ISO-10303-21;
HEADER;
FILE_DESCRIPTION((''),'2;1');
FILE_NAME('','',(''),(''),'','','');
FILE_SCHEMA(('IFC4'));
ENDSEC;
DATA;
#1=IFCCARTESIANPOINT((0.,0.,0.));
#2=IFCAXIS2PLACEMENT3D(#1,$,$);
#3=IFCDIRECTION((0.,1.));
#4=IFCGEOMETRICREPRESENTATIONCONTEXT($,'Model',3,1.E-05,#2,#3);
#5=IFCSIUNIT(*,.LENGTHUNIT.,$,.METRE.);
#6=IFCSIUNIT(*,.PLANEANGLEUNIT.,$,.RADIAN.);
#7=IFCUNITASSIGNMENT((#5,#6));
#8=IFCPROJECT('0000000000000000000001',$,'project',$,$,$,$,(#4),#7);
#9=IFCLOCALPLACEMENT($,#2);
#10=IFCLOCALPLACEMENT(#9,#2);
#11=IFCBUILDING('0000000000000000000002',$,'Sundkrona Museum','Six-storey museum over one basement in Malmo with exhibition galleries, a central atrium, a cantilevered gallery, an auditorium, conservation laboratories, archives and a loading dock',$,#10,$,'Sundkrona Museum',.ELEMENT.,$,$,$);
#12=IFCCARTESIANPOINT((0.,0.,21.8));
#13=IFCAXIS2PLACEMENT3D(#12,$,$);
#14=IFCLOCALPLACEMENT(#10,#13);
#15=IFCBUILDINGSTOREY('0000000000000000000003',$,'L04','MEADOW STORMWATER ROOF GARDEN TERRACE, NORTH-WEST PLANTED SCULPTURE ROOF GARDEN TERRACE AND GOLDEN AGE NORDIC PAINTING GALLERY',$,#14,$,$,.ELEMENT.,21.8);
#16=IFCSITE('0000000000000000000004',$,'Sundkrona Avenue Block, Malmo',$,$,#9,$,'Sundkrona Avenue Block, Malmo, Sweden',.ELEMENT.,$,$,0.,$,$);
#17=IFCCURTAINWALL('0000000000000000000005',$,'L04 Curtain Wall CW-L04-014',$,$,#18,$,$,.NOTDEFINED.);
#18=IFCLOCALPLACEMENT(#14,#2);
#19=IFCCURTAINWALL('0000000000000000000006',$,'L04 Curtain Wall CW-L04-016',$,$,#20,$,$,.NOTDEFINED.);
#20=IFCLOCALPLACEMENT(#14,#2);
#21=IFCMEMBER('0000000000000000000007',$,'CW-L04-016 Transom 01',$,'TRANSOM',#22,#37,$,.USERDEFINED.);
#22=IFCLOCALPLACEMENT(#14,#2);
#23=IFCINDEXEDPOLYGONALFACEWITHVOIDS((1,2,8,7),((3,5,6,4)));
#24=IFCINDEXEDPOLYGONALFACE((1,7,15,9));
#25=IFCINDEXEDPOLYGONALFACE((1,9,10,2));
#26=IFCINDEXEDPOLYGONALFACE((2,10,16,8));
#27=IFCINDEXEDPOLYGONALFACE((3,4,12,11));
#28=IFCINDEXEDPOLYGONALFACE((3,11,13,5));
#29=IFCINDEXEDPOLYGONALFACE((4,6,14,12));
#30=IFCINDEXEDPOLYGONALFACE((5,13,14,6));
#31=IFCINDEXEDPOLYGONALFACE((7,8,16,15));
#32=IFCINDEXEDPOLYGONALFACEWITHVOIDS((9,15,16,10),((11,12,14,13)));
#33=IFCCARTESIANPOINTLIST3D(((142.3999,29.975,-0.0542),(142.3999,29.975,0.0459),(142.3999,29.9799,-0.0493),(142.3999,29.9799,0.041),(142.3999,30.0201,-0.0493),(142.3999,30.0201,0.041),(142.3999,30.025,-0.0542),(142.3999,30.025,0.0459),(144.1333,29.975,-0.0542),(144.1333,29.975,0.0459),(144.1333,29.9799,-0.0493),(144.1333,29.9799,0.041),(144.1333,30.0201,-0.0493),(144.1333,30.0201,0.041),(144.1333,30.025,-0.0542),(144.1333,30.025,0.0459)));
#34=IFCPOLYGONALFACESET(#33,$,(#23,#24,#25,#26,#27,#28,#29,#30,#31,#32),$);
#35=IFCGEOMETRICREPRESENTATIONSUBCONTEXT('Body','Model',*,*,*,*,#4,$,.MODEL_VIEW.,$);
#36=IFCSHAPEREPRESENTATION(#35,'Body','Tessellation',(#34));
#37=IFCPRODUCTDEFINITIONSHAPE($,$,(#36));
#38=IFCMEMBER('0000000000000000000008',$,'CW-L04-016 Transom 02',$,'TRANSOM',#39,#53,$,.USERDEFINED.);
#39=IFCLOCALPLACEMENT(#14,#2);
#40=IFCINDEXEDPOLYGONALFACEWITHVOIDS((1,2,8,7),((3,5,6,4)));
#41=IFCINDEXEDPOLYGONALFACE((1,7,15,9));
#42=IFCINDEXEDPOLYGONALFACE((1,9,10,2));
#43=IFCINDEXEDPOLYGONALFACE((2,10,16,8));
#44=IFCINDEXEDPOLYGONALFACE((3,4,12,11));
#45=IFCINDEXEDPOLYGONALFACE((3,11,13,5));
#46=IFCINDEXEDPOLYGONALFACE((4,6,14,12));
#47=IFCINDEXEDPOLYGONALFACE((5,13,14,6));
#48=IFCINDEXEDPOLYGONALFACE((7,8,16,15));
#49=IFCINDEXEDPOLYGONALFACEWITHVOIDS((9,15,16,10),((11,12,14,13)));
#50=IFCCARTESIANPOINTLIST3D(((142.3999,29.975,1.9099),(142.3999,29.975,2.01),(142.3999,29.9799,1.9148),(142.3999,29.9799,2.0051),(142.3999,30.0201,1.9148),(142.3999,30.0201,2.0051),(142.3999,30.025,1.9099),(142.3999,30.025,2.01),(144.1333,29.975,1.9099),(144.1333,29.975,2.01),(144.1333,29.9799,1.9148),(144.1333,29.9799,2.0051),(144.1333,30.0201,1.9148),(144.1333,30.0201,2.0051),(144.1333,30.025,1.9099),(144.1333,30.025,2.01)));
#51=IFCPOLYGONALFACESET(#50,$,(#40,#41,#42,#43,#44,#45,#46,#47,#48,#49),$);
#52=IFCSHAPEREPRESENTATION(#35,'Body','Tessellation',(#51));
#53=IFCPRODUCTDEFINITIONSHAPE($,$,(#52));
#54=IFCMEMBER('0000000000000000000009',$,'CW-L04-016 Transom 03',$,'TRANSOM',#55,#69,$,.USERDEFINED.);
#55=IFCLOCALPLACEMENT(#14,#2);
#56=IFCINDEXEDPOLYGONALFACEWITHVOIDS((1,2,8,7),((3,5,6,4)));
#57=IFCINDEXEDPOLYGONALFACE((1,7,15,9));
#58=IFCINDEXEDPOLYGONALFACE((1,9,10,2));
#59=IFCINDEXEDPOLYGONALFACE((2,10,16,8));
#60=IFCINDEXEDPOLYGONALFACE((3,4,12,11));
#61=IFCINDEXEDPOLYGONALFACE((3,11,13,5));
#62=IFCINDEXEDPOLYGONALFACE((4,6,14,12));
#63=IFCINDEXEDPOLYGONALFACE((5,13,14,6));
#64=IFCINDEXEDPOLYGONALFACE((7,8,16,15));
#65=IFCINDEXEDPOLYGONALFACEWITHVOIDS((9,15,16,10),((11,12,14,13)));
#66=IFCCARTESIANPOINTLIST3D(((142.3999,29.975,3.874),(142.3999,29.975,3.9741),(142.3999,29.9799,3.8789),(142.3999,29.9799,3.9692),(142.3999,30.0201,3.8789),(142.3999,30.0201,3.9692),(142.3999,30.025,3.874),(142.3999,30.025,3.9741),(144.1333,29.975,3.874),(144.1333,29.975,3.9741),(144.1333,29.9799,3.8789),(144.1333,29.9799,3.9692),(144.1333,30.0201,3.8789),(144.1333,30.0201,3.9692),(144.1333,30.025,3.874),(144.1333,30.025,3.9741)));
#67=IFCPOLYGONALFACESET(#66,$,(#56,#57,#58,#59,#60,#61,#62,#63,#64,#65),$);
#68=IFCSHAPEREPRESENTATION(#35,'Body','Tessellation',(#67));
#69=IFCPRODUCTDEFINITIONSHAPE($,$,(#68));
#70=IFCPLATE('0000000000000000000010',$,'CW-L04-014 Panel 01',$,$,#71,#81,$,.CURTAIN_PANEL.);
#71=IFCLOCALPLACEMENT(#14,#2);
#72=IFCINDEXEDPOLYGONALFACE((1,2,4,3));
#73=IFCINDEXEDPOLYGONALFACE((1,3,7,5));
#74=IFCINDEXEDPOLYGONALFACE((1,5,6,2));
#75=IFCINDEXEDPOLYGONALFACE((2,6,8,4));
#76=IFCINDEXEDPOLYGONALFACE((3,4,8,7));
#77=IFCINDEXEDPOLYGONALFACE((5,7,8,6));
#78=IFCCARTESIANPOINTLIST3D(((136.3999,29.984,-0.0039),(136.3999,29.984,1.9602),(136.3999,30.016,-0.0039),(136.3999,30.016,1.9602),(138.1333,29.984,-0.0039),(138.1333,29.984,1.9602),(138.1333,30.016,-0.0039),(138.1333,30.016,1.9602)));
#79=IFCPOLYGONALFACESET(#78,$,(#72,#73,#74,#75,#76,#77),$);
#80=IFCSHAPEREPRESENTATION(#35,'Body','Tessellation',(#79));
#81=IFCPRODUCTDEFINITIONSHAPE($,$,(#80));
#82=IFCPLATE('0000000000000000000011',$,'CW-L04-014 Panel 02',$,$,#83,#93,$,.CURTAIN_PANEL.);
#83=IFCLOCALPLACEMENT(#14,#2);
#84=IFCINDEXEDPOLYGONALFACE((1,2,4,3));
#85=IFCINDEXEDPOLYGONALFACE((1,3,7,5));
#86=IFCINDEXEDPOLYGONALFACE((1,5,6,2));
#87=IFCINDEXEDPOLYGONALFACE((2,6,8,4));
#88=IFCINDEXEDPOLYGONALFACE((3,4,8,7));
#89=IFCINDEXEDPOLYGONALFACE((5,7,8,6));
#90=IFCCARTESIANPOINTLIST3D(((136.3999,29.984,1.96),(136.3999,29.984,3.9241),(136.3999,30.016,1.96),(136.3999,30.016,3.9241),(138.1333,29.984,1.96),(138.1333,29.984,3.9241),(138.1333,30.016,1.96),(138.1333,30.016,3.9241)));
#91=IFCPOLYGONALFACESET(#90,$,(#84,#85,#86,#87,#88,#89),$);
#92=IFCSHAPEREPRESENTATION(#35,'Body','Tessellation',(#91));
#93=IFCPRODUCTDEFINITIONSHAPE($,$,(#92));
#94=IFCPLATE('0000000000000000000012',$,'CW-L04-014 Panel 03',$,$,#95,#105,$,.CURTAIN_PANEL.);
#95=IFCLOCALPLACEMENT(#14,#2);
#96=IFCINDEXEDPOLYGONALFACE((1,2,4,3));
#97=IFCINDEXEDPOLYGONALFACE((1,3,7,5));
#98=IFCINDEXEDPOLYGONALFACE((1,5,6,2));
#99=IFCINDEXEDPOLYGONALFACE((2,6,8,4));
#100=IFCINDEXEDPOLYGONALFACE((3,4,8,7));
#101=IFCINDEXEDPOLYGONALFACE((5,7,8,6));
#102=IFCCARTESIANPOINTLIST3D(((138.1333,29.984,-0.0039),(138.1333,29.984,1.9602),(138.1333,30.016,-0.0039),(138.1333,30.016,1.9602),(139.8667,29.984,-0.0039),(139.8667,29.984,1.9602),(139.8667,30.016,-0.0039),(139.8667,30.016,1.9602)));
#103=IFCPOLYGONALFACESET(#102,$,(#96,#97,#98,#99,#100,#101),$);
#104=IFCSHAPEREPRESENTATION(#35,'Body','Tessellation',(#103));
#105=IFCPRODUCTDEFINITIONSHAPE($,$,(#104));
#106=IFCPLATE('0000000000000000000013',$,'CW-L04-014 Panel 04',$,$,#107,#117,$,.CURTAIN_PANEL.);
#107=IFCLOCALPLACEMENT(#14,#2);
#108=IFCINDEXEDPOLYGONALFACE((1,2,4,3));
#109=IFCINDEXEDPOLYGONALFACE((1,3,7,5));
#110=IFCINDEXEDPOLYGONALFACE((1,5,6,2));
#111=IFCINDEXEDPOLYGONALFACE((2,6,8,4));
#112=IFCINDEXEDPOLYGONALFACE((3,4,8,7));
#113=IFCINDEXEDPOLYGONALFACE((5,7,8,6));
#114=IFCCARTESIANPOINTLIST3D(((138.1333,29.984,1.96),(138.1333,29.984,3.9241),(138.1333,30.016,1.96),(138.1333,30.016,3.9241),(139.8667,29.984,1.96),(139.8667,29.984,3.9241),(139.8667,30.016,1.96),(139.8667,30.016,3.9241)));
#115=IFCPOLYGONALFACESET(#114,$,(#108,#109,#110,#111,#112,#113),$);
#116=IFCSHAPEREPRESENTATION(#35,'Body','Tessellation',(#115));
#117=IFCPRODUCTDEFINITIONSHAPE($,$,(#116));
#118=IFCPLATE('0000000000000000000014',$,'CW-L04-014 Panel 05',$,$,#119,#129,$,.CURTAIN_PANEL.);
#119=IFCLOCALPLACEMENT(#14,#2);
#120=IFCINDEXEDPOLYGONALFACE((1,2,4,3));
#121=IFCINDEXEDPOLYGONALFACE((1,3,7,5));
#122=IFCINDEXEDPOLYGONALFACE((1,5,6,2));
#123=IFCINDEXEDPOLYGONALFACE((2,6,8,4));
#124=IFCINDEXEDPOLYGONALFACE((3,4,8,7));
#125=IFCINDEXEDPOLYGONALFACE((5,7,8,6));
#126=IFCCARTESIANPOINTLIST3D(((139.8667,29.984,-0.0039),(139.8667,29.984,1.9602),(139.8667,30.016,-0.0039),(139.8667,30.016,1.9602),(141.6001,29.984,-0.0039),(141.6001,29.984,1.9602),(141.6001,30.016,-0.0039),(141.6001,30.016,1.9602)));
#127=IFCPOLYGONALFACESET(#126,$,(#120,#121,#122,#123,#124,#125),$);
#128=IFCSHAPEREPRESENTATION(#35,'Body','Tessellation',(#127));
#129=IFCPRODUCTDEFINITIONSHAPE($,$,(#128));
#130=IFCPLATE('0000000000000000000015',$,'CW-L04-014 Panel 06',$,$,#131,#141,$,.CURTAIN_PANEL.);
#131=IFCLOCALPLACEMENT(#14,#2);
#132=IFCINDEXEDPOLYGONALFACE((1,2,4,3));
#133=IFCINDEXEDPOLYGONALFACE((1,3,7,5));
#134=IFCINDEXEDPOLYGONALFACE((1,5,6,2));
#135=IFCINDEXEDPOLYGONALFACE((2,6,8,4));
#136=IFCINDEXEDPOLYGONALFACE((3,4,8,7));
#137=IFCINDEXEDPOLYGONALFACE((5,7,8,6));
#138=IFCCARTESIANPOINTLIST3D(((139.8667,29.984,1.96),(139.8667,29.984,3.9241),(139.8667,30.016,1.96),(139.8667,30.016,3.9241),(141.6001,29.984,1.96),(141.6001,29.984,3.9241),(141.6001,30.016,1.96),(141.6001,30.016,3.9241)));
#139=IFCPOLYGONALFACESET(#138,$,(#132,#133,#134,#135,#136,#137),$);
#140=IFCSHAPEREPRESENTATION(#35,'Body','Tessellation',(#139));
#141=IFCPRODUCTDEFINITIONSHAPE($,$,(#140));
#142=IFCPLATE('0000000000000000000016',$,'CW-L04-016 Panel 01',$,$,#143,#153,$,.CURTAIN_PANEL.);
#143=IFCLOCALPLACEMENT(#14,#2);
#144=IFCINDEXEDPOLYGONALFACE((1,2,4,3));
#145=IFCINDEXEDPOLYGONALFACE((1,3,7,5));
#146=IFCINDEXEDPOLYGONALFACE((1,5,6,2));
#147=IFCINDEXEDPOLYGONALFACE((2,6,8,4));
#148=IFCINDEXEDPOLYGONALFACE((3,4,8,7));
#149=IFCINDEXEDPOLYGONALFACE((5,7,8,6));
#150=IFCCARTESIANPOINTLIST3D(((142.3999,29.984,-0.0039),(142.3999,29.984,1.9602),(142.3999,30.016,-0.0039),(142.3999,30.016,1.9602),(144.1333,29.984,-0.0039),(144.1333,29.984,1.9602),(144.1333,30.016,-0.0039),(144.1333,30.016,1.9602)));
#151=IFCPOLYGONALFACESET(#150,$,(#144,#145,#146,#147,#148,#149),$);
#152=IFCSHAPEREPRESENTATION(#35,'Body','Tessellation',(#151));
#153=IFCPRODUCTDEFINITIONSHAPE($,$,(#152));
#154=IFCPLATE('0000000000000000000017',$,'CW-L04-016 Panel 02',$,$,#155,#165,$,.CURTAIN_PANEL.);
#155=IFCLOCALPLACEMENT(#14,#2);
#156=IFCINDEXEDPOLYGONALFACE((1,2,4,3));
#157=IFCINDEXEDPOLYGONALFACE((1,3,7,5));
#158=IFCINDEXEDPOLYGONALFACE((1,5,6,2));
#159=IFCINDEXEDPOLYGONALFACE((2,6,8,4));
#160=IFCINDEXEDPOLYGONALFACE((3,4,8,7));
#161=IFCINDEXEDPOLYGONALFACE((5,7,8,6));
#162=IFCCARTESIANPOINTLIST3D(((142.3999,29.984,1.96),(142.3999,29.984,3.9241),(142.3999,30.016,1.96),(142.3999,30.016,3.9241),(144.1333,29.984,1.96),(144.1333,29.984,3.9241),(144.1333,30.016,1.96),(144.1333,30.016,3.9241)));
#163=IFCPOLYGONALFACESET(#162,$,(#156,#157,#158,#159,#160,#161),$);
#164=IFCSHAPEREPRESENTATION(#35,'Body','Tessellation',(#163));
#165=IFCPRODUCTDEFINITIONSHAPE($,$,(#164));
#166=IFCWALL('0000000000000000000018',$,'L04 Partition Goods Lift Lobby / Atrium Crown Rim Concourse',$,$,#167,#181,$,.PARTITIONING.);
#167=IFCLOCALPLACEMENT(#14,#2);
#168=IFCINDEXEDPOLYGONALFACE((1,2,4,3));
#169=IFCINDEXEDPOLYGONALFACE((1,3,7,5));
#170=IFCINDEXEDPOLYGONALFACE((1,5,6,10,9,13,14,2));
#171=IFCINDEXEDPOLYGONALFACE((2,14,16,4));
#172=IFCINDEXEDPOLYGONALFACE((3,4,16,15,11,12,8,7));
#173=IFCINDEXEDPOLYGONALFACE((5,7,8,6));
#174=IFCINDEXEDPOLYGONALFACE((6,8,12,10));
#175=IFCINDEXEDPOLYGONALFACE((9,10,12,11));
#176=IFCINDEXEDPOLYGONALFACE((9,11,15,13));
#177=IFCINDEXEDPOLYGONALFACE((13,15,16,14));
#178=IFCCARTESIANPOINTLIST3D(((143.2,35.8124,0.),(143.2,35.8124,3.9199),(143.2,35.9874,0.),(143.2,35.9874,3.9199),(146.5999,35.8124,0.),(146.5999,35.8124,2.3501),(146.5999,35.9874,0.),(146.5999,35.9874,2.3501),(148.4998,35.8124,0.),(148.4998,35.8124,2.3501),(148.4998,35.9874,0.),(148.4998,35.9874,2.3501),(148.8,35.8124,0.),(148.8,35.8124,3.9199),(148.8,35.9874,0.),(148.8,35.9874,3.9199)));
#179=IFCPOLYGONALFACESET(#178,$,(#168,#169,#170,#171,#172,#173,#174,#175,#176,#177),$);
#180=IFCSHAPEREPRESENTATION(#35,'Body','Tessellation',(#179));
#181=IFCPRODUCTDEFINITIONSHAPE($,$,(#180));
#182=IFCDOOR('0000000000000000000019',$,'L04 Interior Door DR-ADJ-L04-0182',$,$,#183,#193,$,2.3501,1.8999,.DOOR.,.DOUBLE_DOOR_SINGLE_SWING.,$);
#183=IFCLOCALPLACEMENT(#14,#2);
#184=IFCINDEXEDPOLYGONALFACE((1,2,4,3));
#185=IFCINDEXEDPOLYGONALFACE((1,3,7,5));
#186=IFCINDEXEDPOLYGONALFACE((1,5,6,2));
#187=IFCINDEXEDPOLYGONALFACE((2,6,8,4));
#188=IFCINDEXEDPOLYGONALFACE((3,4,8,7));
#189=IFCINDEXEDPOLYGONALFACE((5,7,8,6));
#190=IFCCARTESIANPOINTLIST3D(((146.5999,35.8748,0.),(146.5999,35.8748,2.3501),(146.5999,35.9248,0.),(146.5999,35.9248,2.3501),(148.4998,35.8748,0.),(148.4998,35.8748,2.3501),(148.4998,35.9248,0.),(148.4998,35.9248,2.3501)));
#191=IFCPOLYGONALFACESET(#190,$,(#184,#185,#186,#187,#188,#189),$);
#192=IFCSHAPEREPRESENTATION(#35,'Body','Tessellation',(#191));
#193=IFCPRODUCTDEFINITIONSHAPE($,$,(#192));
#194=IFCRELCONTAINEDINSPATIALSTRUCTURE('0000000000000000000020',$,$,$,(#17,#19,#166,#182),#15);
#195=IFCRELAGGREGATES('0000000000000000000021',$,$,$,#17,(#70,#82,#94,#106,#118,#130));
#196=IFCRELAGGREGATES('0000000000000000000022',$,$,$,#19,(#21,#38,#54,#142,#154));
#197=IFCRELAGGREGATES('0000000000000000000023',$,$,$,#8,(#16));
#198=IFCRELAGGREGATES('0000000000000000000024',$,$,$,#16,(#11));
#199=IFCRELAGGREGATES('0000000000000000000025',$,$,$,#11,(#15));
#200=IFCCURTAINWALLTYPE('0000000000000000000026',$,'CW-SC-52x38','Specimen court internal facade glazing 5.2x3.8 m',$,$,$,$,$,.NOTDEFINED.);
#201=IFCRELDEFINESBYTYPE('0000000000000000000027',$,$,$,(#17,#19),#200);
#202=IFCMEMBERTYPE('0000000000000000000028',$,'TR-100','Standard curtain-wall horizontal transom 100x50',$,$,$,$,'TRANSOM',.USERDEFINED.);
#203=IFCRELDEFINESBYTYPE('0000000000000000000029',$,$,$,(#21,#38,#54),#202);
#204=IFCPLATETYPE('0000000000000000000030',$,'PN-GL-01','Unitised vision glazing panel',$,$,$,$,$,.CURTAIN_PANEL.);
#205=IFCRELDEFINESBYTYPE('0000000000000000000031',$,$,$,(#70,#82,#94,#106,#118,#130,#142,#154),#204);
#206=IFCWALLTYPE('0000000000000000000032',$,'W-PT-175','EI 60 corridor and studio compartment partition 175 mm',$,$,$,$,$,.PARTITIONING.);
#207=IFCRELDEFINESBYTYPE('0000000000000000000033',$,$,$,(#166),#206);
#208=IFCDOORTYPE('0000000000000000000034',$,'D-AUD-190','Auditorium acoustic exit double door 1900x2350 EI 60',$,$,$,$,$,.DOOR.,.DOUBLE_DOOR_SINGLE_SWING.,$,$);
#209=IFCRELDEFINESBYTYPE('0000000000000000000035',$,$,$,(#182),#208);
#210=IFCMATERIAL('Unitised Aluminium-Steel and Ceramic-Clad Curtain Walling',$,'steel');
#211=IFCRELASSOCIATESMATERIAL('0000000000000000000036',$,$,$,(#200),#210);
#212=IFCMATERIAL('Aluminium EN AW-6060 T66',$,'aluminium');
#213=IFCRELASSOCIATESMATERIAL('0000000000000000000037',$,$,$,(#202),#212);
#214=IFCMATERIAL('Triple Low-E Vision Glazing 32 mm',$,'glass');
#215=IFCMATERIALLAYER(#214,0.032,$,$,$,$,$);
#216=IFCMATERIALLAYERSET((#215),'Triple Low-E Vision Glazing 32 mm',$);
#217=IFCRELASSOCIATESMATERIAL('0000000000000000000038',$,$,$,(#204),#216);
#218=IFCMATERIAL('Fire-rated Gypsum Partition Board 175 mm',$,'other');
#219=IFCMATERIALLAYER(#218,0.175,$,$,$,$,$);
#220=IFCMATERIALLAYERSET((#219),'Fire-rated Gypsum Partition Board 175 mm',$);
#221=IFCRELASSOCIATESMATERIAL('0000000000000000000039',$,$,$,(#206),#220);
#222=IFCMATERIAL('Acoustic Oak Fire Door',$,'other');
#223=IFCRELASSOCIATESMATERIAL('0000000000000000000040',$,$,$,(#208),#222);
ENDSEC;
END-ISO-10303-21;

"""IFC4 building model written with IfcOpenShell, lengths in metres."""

from ifc_helpers import new_model, si_unit, direction, frame, frame_2d, origin, origin_2d, place, context, subcontext, project, spatial, rectangle, hollow_rectangle, extrude, material, layer, layer_set, material_profile, profile_set, type_object, element, fill, aggregate, save


model = new_model("IFC4")

# Units and contexts
model_context = context("Model", 3, precision=1e-05, world=origin(), true_north=direction((0.0, 1.0)))
body_context = subcontext(model_context, "Body", "Model", "MODEL_VIEW")
ifc_project = project(units=[si_unit("LENGTHUNIT", "METRE"), si_unit("PLANEANGLEUNIT", "RADIAN")], contexts=[model_context])

# Site, building, storey
site_placement = place(None, origin())
site = spatial("IfcSite", under=ifc_project, at=site_placement, Name="Sundkrona Avenue Block, Malmo", LongName="Sundkrona Avenue Block, Malmo, Sweden", CompositionType="ELEMENT", RefElevation=0.0)
building_placement = place(site_placement, origin())
building = spatial("IfcBuilding", under=site, at=building_placement, Name="Sundkrona Museum", Description="Six-storey museum over one basement in Malmo with exhibition galleries, a central atrium, a cantilevered gallery, an auditorium, conservation laboratories, archives and a loading dock", LongName="Sundkrona Museum", CompositionType="ELEMENT")
storey_placement = place(building_placement, frame((0.0, 0.0, 21.8)))
storey = spatial("IfcBuildingStorey", under=building, at=storey_placement, Name="L04", Description="MEADOW STORMWATER ROOF GARDEN TERRACE, NORTH-WEST PLANTED SCULPTURE ROOF GARDEN TERRACE AND GOLDEN AGE NORDIC PAINTING GALLERY", CompositionType="ELEMENT", Elevation=21.8)

# Curtain wall
ifc_material_1 = material(Name="Unitised Aluminium-Steel and Ceramic-Clad Curtain Walling", Category="steel")
curtain_wall_type = type_object("IfcCurtainWallType", Name="CW-SC-52x38", Description="Specimen court internal facade glazing 5.2x3.8 m", PredefinedType="NOTDEFINED", material=ifc_material_1)
curtain_wall_1_placement = place(storey_placement, origin())
curtain_wall_1 = element("IfcCurtainWall", 1, at=curtain_wall_1_placement, inside=storey, type_object=curtain_wall_type, Name="L04 Curtain Wall CW-L04-014", PredefinedType="NOTDEFINED")
ifc_material_2 = material(Name="Aluminium EN AW-6060 T66", Category="aluminium")

# Curtain wall
curtain_wall_2_placement = place(storey_placement, origin())
curtain_wall_2 = element("IfcCurtainWall", 2, at=curtain_wall_2_placement, inside=storey, type_object=curtain_wall_type, Name="L04 Curtain Wall CW-L04-016", PredefinedType="NOTDEFINED")

# Members
ifc_material_profile_1 = material_profile(ifc_material_2, hollow_rectangle(XDim=0.05, YDim=0.1001, WallThickness=0.0049, at=origin_2d()), Name="RHS 100x50x5.0")
ifc_profile_set_1 = profile_set([ifc_material_profile_1], Name="Aluminium EN AW-6060 T66")
member_type_1 = type_object("IfcMemberType", Name="TR-100", Description="Standard curtain-wall horizontal transom 100x50", ElementType="TRANSOM", PredefinedType="USERDEFINED", material=ifc_profile_set_1)
member_1_placement = place(storey_placement, frame((142.3999, 30.0, -0.0042), z_axis=(1.0, 0.0, 0.0), x_axis=(0.0, 1.0, 0.0)))
member_1 = element("IfcMember", 3, at=member_1_placement, type_object=member_type_1, Name="CW-L04-016 Transom 01", ObjectType="TRANSOM", PredefinedType="USERDEFINED", context=body_context, shape_type="SweptSolid", body=[
    extrude(hollow_rectangle(XDim=0.05, YDim=0.1001, WallThickness=0.0049, at=origin_2d()), origin(), (0.0, 0.0, 1.0), 1.7334),
])
member_2_placement = place(storey_placement, frame((142.3999, 30.0, 1.96), z_axis=(1.0, 0.0, 0.0), x_axis=(0.0, 1.0, 0.0)))
member_2 = element("IfcMember", 4, at=member_2_placement, type_object=member_type_1, Name="CW-L04-016 Transom 02", ObjectType="TRANSOM", PredefinedType="USERDEFINED", context=body_context, shape_type="SweptSolid", body=[
    extrude(hollow_rectangle(XDim=0.05, YDim=0.1001, WallThickness=0.0049, at=origin_2d()), origin(), (0.0, 0.0, 1.0), 1.7334),
])
member_3_placement = place(storey_placement, frame((142.3999, 30.0, 3.9241), z_axis=(1.0, 0.0, 0.0), x_axis=(0.0, 1.0, 0.0)))
member_3 = element("IfcMember", 5, at=member_3_placement, type_object=member_type_1, Name="CW-L04-016 Transom 03", ObjectType="TRANSOM", PredefinedType="USERDEFINED", context=body_context, shape_type="SweptSolid", body=[
    extrude(hollow_rectangle(XDim=0.05, YDim=0.1001, WallThickness=0.0049, at=origin_2d()), origin(), (0.0, 0.0, 1.0), 1.7334),
])

# Plates
ifc_material_3 = material(Name="Triple Low-E Vision Glazing 32 mm", Category="glass")
ifc_layer_1 = layer(ifc_material_3, 0.032)
ifc_layer_set_1 = layer_set([ifc_layer_1], Name="Triple Low-E Vision Glazing 32 mm")
plate_type = type_object("IfcPlateType", Name="PN-GL-01", Description="Unitised vision glazing panel", PredefinedType="CURTAIN_PANEL", material=ifc_layer_set_1)
plate_1_placement = place(storey_placement, frame((137.2666, 30.0, -0.0039), z_axis=(0.0, 0.0, 1.0), x_axis=(1.0, 0.0, 0.0)))
plate_1 = element("IfcPlate", 6, at=plate_1_placement, type_object=plate_type, Name="CW-L04-014 Panel 01", PredefinedType="CURTAIN_PANEL", context=body_context, shape_type="SweptSolid", body=[
    extrude(rectangle(XDim=1.7334, YDim=0.032, at=origin_2d()), origin(), (0.0, 0.0, 1.0), 1.9641),
])
plate_2_placement = place(storey_placement, frame((137.2666, 30.0, 1.96), z_axis=(0.0, 0.0, 1.0), x_axis=(1.0, 0.0, 0.0)))
plate_2 = element("IfcPlate", 7, at=plate_2_placement, type_object=plate_type, Name="CW-L04-014 Panel 02", PredefinedType="CURTAIN_PANEL", context=body_context, shape_type="SweptSolid", body=[
    extrude(rectangle(XDim=1.7334, YDim=0.032, at=origin_2d()), origin(), (0.0, 0.0, 1.0), 1.9641),
])
plate_3_placement = place(storey_placement, frame((139.0, 30.0, -0.0039), z_axis=(0.0, 0.0, 1.0), x_axis=(1.0, 0.0, 0.0)))
plate_3 = element("IfcPlate", 8, at=plate_3_placement, type_object=plate_type, Name="CW-L04-014 Panel 03", PredefinedType="CURTAIN_PANEL", context=body_context, shape_type="SweptSolid", body=[
    extrude(rectangle(XDim=1.7334, YDim=0.032, at=origin_2d()), origin(), (0.0, 0.0, 1.0), 1.9641),
])
plate_4_placement = place(storey_placement, frame((139.0, 30.0, 1.96), z_axis=(0.0, 0.0, 1.0), x_axis=(1.0, 0.0, 0.0)))
plate_4 = element("IfcPlate", 9, at=plate_4_placement, type_object=plate_type, Name="CW-L04-014 Panel 04", PredefinedType="CURTAIN_PANEL", context=body_context, shape_type="SweptSolid", body=[
    extrude(rectangle(XDim=1.7334, YDim=0.032, at=origin_2d()), origin(), (0.0, 0.0, 1.0), 1.9641),
])
plate_5_placement = place(storey_placement, frame((140.7334, 30.0, -0.0039), z_axis=(0.0, 0.0, 1.0), x_axis=(1.0, 0.0, 0.0)))
plate_5 = element("IfcPlate", 10, at=plate_5_placement, type_object=plate_type, Name="CW-L04-014 Panel 05", PredefinedType="CURTAIN_PANEL", context=body_context, shape_type="SweptSolid", body=[
    extrude(rectangle(XDim=1.7334, YDim=0.032, at=origin_2d()), origin(), (0.0, 0.0, 1.0), 1.9641),
])
plate_6_placement = place(storey_placement, frame((140.7334, 30.0, 1.96), z_axis=(0.0, 0.0, 1.0), x_axis=(1.0, 0.0, 0.0)))
plate_6 = element("IfcPlate", 11, at=plate_6_placement, type_object=plate_type, Name="CW-L04-014 Panel 06", PredefinedType="CURTAIN_PANEL", context=body_context, shape_type="SweptSolid", body=[
    extrude(rectangle(XDim=1.7334, YDim=0.032, at=origin_2d()), origin(), (0.0, 0.0, 1.0), 1.9641),
])
aggregate(curtain_wall_1, [plate_1, plate_2, plate_3, plate_4, plate_5, plate_6])
plate_7_placement = place(storey_placement, frame((143.2666, 30.0, -0.0039), z_axis=(0.0, 0.0, 1.0), x_axis=(1.0, 0.0, 0.0)))
plate_7 = element("IfcPlate", 12, at=plate_7_placement, type_object=plate_type, Name="CW-L04-016 Panel 01", PredefinedType="CURTAIN_PANEL", context=body_context, shape_type="SweptSolid", body=[
    extrude(rectangle(XDim=1.7334, YDim=0.032, at=origin_2d()), origin(), (0.0, 0.0, 1.0), 1.9641),
])
plate_8_placement = place(storey_placement, frame((143.2666, 30.0, 1.96), z_axis=(0.0, 0.0, 1.0), x_axis=(1.0, 0.0, 0.0)))
plate_8 = element("IfcPlate", 13, at=plate_8_placement, type_object=plate_type, Name="CW-L04-016 Panel 02", PredefinedType="CURTAIN_PANEL", context=body_context, shape_type="SweptSolid", body=[
    extrude(rectangle(XDim=1.7334, YDim=0.032, at=origin_2d()), origin(), (0.0, 0.0, 1.0), 1.9641),
])
aggregate(curtain_wall_2, [member_1, member_2, member_3, plate_7, plate_8])

# Wall, opening, door
ifc_material_4 = material(Name="Fire-rated Gypsum Partition Board 175 mm", Category="other")
ifc_layer_2 = layer(ifc_material_4, 0.175)
ifc_layer_set_2 = layer_set([ifc_layer_2], Name="Fire-rated Gypsum Partition Board 175 mm")
wall_type = type_object("IfcWallType", Name="W-PT-175", Description="EI 60 corridor and studio compartment partition 175 mm", PredefinedType="PARTITIONING", material=ifc_layer_set_2)
wall_1_placement = place(storey_placement, frame((143.2, 35.8999, 0.0), z_axis=(0.0, 0.0, 1.0), x_axis=(1.0, 0.0, 0.0)))
wall_1 = element("IfcWall", 14, at=wall_1_placement, inside=storey, type_object=wall_type, Name="L04 Partition Goods Lift Lobby / Atrium Crown Rim Concourse", PredefinedType="PARTITIONING", context=body_context, shape_type="SweptSolid", body=[
    extrude(rectangle(XDim=5.6001, YDim=0.175, at=frame_2d((2.8, 0.0))), origin(), (0.0, 0.0, 1.0), 3.9199),
])
opening_placement = place(wall_1_placement, frame((3.3999, 0.0, 0.0)))
opening = element("IfcOpeningElement", 15, at=opening_placement, cuts=wall_1, PredefinedType="OPENING", context=body_context, shape_type="SweptSolid", body=[
    extrude(rectangle(XDim=1.8999, YDim=2.3501, at=frame_2d((0.95, 1.175))), frame((0.0, 0.0974, 0.0), z_axis=(0.0, -1.0, 0.0), x_axis=(1.0, 0.0, 0.0)), (0.0, 0.0, 1.0), 0.1951),
])
ifc_material_5 = material(Name="Acoustic Oak Fire Door", Category="other")
door_type = type_object("IfcDoorType", Name="D-AUD-190", Description="Auditorium acoustic exit double door 1900x2350 EI 60", OperationType="DOUBLE_DOOR_SINGLE_SWING", PredefinedType="DOOR", material=ifc_material_5)
door_placement = place(opening_placement, origin())
door = element("IfcDoor", 16, at=door_placement, inside=storey, type_object=door_type, Name="L04 Interior Door DR-ADJ-L04-0182", OperationType="DOUBLE_DOOR_SINGLE_SWING", OverallHeight=2.3501, OverallWidth=1.8999, PredefinedType="DOOR", context=body_context, shape_type="SweptSolid", body=[
    extrude(rectangle(XDim=1.8999, YDim=2.3501, at=frame_2d((0.95, 1.175))), frame((0.0, 0.0249, 0.0), z_axis=(0.0, -1.0, 0.0), x_axis=(1.0, 0.0, 0.0)), (0.0, 0.0, 1.0), 0.05),
])
fill(opening, door)

save(model, "model.ifc")
